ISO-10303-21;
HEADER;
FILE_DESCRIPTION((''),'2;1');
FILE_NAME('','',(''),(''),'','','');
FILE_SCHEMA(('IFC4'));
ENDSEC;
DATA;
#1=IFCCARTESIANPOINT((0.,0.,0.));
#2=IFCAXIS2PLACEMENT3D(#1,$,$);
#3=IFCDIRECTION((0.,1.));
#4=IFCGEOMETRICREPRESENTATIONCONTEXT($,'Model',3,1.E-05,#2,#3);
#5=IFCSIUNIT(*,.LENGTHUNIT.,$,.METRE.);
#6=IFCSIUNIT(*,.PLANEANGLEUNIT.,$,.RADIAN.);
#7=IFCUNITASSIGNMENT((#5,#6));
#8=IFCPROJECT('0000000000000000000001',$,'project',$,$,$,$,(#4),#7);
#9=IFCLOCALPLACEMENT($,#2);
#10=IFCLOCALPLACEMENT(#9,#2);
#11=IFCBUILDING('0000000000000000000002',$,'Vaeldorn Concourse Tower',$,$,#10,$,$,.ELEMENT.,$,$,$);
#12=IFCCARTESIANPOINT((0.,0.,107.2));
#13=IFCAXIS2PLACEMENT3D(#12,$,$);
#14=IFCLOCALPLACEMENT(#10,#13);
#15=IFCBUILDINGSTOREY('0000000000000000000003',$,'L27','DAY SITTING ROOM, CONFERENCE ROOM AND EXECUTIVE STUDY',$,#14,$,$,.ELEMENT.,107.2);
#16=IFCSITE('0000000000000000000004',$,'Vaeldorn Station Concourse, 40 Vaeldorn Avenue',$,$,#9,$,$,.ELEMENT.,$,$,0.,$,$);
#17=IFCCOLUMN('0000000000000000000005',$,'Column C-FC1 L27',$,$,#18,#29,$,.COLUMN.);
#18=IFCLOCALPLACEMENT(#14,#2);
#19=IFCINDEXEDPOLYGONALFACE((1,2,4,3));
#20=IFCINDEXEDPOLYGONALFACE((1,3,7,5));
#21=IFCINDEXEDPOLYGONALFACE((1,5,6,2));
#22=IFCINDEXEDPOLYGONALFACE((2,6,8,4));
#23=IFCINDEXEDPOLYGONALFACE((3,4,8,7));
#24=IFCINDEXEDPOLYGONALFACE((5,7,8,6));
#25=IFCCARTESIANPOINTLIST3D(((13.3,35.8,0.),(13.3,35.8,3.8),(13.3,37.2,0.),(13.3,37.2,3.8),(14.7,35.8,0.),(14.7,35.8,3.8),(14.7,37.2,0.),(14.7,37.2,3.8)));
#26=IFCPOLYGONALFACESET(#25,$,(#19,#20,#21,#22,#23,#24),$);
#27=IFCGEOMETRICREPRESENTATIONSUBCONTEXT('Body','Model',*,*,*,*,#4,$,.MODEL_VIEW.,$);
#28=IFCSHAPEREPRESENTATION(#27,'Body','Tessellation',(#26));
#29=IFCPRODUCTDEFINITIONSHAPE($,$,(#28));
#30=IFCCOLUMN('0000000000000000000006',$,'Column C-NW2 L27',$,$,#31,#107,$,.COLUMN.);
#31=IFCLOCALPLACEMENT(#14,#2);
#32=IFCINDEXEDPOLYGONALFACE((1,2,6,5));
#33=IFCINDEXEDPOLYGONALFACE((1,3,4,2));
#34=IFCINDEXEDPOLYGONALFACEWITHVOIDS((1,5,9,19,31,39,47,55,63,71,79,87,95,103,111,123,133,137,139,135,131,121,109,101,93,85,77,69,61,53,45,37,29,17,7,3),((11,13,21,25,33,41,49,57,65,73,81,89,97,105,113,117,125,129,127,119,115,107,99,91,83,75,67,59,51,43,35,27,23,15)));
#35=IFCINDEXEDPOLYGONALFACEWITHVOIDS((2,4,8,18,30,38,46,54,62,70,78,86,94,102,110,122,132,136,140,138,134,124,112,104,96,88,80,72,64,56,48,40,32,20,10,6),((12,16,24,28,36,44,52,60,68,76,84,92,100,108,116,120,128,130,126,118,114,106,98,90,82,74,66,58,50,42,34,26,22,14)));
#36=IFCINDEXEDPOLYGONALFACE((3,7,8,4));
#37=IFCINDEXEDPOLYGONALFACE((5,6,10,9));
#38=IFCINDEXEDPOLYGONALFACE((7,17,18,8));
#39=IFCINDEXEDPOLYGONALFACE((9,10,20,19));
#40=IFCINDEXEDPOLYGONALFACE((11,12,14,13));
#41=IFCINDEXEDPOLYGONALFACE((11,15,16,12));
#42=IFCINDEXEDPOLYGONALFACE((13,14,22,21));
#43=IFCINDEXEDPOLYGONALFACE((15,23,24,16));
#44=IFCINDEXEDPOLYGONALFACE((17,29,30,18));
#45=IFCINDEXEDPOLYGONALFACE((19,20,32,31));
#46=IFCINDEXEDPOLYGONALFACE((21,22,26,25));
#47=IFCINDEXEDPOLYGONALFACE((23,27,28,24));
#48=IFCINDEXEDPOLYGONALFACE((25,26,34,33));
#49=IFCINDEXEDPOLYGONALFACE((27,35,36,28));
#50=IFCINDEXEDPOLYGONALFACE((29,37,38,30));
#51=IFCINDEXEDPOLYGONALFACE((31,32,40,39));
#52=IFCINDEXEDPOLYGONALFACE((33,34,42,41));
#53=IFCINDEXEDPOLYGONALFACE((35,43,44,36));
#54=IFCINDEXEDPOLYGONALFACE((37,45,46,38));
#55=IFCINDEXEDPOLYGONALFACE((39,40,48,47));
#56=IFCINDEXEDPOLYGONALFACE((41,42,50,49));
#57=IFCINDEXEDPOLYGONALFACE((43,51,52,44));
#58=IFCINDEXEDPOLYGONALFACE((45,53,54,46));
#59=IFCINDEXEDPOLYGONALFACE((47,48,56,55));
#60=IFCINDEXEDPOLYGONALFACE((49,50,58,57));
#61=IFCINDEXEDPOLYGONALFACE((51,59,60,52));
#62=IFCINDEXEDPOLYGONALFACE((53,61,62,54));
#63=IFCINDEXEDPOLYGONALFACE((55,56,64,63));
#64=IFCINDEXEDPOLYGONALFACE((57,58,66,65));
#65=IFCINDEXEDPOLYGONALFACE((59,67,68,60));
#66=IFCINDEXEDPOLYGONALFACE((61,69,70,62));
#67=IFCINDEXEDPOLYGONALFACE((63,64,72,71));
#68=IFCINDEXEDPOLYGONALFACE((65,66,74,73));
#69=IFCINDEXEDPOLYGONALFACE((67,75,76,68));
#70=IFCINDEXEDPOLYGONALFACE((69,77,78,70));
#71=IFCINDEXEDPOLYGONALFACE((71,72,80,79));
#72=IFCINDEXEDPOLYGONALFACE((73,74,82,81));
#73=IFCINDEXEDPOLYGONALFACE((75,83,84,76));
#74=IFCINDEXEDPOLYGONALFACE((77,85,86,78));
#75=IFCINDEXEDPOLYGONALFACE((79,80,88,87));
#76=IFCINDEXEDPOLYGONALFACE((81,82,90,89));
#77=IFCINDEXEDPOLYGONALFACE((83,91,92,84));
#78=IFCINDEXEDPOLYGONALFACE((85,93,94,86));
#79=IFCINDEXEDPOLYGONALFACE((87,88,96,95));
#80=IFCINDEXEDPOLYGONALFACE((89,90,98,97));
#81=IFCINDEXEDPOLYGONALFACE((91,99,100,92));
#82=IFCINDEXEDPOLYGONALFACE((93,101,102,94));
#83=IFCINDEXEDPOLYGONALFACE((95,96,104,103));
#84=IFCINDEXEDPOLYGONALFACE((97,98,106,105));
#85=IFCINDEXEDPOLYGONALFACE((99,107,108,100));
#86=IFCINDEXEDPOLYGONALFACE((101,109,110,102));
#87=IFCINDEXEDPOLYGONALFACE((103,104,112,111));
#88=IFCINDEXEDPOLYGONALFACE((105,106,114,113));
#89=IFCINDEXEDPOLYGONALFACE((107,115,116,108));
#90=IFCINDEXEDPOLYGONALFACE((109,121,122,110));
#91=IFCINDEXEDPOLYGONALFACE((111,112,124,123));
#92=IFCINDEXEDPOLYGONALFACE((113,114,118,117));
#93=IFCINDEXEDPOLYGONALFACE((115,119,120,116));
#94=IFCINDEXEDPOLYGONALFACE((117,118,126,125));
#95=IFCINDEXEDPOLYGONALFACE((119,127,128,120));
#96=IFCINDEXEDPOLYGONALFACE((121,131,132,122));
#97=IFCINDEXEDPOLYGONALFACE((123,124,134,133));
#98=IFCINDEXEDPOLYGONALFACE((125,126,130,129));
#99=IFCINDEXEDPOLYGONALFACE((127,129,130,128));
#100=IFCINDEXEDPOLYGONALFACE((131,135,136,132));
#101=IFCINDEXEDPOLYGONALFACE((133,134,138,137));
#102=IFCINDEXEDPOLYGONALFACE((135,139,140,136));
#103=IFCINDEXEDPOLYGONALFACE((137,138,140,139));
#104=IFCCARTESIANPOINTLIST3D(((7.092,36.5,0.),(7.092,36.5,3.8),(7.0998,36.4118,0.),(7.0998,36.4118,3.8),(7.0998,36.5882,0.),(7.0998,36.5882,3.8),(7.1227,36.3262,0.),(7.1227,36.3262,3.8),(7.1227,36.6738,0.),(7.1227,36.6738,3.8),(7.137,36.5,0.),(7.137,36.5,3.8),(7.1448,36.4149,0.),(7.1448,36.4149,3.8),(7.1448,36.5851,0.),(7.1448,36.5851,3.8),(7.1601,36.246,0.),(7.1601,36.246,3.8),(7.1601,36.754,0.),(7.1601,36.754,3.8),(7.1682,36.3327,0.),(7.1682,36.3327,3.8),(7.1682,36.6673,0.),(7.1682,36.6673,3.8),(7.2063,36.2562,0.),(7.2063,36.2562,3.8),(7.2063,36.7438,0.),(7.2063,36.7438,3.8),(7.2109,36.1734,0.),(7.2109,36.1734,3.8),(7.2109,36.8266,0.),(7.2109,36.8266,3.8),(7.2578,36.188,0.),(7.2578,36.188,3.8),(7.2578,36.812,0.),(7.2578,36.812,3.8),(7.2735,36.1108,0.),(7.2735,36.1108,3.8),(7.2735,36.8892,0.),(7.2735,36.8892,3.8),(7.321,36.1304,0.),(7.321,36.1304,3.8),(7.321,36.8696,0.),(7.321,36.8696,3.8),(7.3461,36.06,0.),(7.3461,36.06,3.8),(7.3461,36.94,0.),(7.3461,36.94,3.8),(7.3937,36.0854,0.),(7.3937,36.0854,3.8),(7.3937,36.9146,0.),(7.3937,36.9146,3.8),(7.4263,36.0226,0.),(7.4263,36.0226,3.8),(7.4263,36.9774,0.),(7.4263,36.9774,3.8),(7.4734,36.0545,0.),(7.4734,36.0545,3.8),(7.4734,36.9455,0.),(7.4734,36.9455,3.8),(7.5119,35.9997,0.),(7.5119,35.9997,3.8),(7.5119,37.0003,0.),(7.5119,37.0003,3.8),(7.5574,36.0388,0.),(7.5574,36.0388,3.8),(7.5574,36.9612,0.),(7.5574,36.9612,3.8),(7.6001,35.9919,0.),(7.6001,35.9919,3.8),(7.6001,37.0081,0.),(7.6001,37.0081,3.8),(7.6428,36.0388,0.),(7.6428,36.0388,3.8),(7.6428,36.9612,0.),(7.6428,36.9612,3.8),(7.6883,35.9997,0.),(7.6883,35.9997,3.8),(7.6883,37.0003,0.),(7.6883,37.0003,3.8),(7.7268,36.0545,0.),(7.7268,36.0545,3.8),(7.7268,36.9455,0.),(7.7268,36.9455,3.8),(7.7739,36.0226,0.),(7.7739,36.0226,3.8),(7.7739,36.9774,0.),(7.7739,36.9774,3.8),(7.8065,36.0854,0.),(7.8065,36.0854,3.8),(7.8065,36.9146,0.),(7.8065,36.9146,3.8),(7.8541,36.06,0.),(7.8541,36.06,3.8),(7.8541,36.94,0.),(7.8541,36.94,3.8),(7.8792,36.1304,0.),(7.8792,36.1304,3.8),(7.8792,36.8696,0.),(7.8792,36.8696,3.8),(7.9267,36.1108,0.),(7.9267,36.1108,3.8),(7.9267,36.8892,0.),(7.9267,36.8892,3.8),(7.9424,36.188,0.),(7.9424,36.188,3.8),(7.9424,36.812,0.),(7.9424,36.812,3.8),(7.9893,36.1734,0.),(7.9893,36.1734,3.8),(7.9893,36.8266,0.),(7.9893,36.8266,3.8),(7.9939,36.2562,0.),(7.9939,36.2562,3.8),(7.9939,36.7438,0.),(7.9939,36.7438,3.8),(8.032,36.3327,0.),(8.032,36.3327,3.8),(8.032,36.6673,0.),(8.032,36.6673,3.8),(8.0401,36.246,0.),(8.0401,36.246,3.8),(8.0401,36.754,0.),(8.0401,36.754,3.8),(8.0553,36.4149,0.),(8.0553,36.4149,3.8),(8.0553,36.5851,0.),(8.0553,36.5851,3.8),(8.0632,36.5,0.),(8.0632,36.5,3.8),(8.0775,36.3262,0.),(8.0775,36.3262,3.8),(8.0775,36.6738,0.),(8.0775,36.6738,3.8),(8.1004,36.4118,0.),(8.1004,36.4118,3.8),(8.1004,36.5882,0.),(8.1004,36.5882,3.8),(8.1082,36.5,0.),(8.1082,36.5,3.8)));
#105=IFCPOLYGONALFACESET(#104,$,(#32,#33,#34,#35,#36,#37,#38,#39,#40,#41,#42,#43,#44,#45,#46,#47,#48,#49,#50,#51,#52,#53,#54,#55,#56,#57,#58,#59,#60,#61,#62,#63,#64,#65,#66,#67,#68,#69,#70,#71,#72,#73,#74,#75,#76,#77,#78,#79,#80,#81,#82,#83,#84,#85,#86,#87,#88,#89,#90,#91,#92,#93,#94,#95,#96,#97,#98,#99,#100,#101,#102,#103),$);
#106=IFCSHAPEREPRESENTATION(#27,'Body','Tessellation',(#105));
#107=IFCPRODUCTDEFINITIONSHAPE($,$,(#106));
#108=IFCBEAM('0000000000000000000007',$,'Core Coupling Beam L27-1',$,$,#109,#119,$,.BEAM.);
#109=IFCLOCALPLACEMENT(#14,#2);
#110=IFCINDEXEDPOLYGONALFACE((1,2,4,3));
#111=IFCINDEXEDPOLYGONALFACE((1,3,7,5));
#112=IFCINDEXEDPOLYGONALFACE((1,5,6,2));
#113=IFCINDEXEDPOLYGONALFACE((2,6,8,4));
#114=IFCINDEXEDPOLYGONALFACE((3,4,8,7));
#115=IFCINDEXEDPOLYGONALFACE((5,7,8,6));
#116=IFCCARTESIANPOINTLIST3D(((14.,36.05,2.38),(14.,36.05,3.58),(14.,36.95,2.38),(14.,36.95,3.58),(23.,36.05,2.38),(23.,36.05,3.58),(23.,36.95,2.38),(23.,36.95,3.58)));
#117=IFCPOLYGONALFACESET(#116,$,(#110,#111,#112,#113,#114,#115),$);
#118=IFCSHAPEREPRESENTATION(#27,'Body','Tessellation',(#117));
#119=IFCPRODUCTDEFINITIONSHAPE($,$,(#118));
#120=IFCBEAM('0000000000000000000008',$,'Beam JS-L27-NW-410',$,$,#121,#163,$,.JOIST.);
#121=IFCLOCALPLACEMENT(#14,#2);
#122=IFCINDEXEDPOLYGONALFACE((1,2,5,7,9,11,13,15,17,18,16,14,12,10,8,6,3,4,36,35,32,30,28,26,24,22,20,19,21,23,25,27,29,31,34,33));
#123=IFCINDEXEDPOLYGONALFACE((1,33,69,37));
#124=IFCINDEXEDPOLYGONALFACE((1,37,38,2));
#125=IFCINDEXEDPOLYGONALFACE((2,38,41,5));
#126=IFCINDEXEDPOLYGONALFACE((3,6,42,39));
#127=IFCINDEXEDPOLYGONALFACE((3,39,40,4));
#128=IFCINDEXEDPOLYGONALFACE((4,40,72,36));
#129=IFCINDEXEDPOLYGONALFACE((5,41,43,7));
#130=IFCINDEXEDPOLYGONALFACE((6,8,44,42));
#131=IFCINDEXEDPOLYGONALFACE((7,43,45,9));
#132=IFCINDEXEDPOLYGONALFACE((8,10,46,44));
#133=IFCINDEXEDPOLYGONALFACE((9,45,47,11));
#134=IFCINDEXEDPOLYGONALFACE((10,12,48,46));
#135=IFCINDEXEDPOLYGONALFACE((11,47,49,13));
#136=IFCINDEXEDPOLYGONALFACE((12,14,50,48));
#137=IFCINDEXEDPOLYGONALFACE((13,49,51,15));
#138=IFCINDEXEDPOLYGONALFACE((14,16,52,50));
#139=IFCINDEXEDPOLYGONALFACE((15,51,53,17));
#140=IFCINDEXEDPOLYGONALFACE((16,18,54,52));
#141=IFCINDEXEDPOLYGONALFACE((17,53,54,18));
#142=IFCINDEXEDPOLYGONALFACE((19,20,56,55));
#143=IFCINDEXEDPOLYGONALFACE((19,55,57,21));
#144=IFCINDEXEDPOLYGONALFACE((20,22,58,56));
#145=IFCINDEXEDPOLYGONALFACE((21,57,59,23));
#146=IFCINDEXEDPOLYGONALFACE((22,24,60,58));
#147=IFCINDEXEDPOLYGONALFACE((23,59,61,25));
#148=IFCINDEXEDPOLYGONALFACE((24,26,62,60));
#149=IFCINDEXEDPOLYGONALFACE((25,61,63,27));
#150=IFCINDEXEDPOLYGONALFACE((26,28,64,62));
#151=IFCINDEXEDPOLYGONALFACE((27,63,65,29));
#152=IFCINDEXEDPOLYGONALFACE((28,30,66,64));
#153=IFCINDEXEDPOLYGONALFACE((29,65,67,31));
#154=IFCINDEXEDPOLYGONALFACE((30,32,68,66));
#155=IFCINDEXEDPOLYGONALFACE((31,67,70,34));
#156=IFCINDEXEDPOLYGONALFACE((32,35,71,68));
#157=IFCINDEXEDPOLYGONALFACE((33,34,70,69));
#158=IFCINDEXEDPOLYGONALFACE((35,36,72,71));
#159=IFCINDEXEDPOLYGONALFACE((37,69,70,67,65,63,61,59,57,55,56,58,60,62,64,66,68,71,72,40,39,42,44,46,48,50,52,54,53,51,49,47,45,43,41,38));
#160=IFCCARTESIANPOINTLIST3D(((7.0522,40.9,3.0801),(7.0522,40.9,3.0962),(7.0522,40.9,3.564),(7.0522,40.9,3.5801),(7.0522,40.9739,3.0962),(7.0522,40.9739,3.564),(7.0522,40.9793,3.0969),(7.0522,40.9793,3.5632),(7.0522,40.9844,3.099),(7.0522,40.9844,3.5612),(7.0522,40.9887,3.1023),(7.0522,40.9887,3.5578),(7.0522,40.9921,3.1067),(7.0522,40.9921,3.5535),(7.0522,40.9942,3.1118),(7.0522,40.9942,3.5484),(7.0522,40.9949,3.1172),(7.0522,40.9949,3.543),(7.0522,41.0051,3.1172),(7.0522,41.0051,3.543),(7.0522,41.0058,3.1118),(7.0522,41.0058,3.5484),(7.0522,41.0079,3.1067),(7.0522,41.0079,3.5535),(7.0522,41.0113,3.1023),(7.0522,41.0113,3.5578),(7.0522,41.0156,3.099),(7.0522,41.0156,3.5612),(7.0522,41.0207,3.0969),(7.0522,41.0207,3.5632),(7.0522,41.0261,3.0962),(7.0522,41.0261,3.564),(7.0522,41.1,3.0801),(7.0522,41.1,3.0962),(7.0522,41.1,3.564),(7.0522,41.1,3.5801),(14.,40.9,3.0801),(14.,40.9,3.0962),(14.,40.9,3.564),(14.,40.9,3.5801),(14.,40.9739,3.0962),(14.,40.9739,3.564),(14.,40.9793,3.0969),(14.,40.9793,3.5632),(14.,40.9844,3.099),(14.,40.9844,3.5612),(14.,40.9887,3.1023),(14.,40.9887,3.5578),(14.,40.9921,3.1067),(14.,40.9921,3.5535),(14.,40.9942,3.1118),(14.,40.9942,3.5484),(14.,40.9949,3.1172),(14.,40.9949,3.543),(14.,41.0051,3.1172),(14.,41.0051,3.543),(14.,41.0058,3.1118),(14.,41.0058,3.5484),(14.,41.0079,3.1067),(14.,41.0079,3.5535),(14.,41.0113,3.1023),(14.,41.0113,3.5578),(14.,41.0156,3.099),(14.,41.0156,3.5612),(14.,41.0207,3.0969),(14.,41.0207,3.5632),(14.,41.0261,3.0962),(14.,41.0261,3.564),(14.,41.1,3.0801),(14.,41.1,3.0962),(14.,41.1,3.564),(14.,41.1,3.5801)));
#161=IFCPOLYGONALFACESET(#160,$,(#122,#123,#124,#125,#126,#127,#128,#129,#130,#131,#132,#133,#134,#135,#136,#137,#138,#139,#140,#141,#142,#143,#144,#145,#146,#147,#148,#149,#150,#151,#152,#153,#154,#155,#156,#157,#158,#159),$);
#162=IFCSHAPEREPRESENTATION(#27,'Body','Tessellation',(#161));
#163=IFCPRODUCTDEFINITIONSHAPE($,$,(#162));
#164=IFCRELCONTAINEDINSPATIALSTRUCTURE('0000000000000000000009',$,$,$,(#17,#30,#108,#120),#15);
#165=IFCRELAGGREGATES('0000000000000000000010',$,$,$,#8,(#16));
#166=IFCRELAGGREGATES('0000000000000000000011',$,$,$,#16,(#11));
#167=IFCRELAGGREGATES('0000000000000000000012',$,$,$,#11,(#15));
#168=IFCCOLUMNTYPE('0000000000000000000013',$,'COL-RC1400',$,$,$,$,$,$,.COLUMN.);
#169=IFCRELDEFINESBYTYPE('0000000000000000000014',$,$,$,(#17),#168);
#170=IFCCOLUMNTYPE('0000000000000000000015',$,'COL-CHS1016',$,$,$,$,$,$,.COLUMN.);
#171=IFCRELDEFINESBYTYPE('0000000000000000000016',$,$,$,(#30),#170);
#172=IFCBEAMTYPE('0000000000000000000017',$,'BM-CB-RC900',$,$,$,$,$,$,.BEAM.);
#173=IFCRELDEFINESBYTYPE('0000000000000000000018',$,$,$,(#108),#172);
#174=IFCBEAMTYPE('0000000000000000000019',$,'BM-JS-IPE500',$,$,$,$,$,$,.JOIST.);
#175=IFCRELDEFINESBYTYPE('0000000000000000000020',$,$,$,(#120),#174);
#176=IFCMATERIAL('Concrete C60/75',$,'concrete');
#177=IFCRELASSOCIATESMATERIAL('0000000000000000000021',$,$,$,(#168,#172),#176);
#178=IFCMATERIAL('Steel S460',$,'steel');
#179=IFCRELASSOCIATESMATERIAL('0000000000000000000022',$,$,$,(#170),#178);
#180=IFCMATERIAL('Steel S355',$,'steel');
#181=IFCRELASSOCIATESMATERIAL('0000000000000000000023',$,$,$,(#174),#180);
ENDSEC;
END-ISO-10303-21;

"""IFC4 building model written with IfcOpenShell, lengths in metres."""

from ifc_helpers import new_model, si_unit, direction, frame, origin, origin_2d, place, context, subcontext, project, spatial, rectangle, hollow_circle, i_section, extrude, source, transform, mapped, material, material_profile, profile_set, type_object, element, save


model = new_model("IFC4")

# Units and contexts
model_context = context("Model", 3, precision=1e-05, world=origin(), true_north=direction((0.0, 1.0)))
body_context = subcontext(model_context, "Body", "Model", "MODEL_VIEW")
ifc_project = project(units=[si_unit("LENGTHUNIT", "METRE"), si_unit("PLANEANGLEUNIT", "RADIAN")], contexts=[model_context])

# Site, building, storey
site_placement = place(None, origin())
site = spatial("IfcSite", under=ifc_project, at=site_placement, Name="Vaeldorn Station Concourse, 40 Vaeldorn Avenue", CompositionType="ELEMENT", RefElevation=0.0)
building_placement = place(site_placement, origin())
building = spatial("IfcBuilding", under=site, at=building_placement, Name="Vaeldorn Concourse Tower", CompositionType="ELEMENT")
storey_placement = place(building_placement, frame((0.0, 0.0, 107.2)))
storey = spatial("IfcBuildingStorey", under=building, at=storey_placement, Name="L27", Description="DAY SITTING ROOM, CONFERENCE ROOM AND EXECUTIVE STUDY", CompositionType="ELEMENT", Elevation=107.2)

# Columns
ifc_material_1 = material(Name="Concrete C60/75", Category="concrete")
ifc_material_profile_1 = material_profile(ifc_material_1, rectangle(XDim=1.3999, YDim=1.3999, at=origin_2d()), Name="RC 1400x1400")
ifc_profile_set_1 = profile_set([ifc_material_profile_1], Name="Concrete C60/75")
column_type_1 = type_object("IfcColumnType", Name="COL-RC1400", PredefinedType="COLUMN", material=ifc_profile_set_1)
shared_shape_1 = source(origin(), body_context, "Body", "SweptSolid", [
    extrude(rectangle(XDim=1.3999, YDim=1.3999, at=origin_2d()), origin(), (0.0, 0.0, 1.0), 3.8),
])
column_1_placement = place(storey_placement, frame((14.0, 36.5, 0.0), z_axis=(0.0, 0.0, 1.0), x_axis=(1.0, 0.0, 0.0)))
element("IfcColumn", 1, at=column_1_placement, inside=storey, type_object=column_type_1, Name="Column C-FC1 L27", PredefinedType="COLUMN", context=body_context, shape_type="MappedRepresentation", body=[
    mapped(shared_shape_1, transform((0.0, 0.0, 0.0), scale=1.0)),
])
ifc_material_2 = material(Name="Steel S460", Category="steel")
ifc_material_profile_2 = material_profile(ifc_material_2, hollow_circle(Radius=0.5081, WallThickness=0.0449, at=origin_2d()), Name="CHS 1016x45")
ifc_profile_set_2 = profile_set([ifc_material_profile_2], Name="Steel S460")
column_type_2 = type_object("IfcColumnType", Name="COL-CHS1016", PredefinedType="COLUMN", material=ifc_profile_set_2)
shared_shape_2 = source(origin(), body_context, "Body", "SweptSolid", [
    extrude(hollow_circle(Radius=0.5081, WallThickness=0.0449, at=origin_2d()), origin(), (0.0, 0.0, 1.0), 3.8),
])
column_2_placement = place(storey_placement, frame((7.6001, 36.5, 0.0), z_axis=(0.0, 0.0, 1.0), x_axis=(1.0, 0.0, 0.0)))
element("IfcColumn", 2, at=column_2_placement, inside=storey, type_object=column_type_2, Name="Column C-NW2 L27", PredefinedType="COLUMN", context=body_context, shape_type="MappedRepresentation", body=[
    mapped(shared_shape_2, transform((0.0, 0.0, 0.0), scale=1.0)),
])

# Beams
ifc_material_profile_3 = material_profile(ifc_material_1, rectangle(XDim=0.8999, YDim=1.2, at=origin_2d()), Name="RC 900x1200")
ifc_profile_set_3 = profile_set([ifc_material_profile_3], Name="Concrete C60/75")
beam_type_1 = type_object("IfcBeamType", Name="BM-CB-RC900", PredefinedType="BEAM", material=ifc_profile_set_3)
shared_shape_3 = source(origin(), body_context, "Body", "SweptSolid", [
    extrude(rectangle(XDim=0.8999, YDim=1.2, at=origin_2d()), origin(), (0.0, 0.0, 1.0), 9.0),
])
beam_1_placement = place(storey_placement, frame((14.0, 36.5, 2.98), z_axis=(1.0, 0.0, 0.0), x_axis=(0.0, 1.0, 0.0)))
element("IfcBeam", 3, at=beam_1_placement, inside=storey, type_object=beam_type_1, Name="Core Coupling Beam L27-1", PredefinedType="BEAM", context=body_context, shape_type="MappedRepresentation", body=[
    mapped(shared_shape_3, transform((0.0, 0.0, 0.0), scale=1.0)),
])
ifc_material_3 = material(Name="Steel S355", Category="steel")
ifc_material_profile_4 = material_profile(ifc_material_3, i_section(OverallWidth=0.2, OverallDepth=0.5, WebThickness=0.0103, FlangeThickness=0.0161, FilletRadius=0.021, at=origin_2d()), Name="IPE 500")
ifc_profile_set_4 = profile_set([ifc_material_profile_4], Name="Steel S355")
beam_type_2 = type_object("IfcBeamType", Name="BM-JS-IPE500", PredefinedType="JOIST", material=ifc_profile_set_4)
shared_shape_4 = source(origin(), body_context, "Body", "SweptSolid", [
    extrude(i_section(OverallWidth=0.2, OverallDepth=0.5, WebThickness=0.0103, FlangeThickness=0.0161, FilletRadius=0.021, at=origin_2d()), origin(), (0.0, 0.0, 1.0), 6.9478),
])
beam_2_placement = place(storey_placement, frame((7.0522, 41.0, 3.3301), z_axis=(1.0, 0.0, 0.0), x_axis=(0.0, 1.0, 0.0)))
element("IfcBeam", 4, at=beam_2_placement, inside=storey, type_object=beam_type_2, Name="Beam JS-L27-NW-410", PredefinedType="JOIST", context=body_context, shape_type="MappedRepresentation", body=[
    mapped(shared_shape_4, transform((0.0, 0.0, 0.0), scale=1.0)),
])

save(model, "model.ifc")
